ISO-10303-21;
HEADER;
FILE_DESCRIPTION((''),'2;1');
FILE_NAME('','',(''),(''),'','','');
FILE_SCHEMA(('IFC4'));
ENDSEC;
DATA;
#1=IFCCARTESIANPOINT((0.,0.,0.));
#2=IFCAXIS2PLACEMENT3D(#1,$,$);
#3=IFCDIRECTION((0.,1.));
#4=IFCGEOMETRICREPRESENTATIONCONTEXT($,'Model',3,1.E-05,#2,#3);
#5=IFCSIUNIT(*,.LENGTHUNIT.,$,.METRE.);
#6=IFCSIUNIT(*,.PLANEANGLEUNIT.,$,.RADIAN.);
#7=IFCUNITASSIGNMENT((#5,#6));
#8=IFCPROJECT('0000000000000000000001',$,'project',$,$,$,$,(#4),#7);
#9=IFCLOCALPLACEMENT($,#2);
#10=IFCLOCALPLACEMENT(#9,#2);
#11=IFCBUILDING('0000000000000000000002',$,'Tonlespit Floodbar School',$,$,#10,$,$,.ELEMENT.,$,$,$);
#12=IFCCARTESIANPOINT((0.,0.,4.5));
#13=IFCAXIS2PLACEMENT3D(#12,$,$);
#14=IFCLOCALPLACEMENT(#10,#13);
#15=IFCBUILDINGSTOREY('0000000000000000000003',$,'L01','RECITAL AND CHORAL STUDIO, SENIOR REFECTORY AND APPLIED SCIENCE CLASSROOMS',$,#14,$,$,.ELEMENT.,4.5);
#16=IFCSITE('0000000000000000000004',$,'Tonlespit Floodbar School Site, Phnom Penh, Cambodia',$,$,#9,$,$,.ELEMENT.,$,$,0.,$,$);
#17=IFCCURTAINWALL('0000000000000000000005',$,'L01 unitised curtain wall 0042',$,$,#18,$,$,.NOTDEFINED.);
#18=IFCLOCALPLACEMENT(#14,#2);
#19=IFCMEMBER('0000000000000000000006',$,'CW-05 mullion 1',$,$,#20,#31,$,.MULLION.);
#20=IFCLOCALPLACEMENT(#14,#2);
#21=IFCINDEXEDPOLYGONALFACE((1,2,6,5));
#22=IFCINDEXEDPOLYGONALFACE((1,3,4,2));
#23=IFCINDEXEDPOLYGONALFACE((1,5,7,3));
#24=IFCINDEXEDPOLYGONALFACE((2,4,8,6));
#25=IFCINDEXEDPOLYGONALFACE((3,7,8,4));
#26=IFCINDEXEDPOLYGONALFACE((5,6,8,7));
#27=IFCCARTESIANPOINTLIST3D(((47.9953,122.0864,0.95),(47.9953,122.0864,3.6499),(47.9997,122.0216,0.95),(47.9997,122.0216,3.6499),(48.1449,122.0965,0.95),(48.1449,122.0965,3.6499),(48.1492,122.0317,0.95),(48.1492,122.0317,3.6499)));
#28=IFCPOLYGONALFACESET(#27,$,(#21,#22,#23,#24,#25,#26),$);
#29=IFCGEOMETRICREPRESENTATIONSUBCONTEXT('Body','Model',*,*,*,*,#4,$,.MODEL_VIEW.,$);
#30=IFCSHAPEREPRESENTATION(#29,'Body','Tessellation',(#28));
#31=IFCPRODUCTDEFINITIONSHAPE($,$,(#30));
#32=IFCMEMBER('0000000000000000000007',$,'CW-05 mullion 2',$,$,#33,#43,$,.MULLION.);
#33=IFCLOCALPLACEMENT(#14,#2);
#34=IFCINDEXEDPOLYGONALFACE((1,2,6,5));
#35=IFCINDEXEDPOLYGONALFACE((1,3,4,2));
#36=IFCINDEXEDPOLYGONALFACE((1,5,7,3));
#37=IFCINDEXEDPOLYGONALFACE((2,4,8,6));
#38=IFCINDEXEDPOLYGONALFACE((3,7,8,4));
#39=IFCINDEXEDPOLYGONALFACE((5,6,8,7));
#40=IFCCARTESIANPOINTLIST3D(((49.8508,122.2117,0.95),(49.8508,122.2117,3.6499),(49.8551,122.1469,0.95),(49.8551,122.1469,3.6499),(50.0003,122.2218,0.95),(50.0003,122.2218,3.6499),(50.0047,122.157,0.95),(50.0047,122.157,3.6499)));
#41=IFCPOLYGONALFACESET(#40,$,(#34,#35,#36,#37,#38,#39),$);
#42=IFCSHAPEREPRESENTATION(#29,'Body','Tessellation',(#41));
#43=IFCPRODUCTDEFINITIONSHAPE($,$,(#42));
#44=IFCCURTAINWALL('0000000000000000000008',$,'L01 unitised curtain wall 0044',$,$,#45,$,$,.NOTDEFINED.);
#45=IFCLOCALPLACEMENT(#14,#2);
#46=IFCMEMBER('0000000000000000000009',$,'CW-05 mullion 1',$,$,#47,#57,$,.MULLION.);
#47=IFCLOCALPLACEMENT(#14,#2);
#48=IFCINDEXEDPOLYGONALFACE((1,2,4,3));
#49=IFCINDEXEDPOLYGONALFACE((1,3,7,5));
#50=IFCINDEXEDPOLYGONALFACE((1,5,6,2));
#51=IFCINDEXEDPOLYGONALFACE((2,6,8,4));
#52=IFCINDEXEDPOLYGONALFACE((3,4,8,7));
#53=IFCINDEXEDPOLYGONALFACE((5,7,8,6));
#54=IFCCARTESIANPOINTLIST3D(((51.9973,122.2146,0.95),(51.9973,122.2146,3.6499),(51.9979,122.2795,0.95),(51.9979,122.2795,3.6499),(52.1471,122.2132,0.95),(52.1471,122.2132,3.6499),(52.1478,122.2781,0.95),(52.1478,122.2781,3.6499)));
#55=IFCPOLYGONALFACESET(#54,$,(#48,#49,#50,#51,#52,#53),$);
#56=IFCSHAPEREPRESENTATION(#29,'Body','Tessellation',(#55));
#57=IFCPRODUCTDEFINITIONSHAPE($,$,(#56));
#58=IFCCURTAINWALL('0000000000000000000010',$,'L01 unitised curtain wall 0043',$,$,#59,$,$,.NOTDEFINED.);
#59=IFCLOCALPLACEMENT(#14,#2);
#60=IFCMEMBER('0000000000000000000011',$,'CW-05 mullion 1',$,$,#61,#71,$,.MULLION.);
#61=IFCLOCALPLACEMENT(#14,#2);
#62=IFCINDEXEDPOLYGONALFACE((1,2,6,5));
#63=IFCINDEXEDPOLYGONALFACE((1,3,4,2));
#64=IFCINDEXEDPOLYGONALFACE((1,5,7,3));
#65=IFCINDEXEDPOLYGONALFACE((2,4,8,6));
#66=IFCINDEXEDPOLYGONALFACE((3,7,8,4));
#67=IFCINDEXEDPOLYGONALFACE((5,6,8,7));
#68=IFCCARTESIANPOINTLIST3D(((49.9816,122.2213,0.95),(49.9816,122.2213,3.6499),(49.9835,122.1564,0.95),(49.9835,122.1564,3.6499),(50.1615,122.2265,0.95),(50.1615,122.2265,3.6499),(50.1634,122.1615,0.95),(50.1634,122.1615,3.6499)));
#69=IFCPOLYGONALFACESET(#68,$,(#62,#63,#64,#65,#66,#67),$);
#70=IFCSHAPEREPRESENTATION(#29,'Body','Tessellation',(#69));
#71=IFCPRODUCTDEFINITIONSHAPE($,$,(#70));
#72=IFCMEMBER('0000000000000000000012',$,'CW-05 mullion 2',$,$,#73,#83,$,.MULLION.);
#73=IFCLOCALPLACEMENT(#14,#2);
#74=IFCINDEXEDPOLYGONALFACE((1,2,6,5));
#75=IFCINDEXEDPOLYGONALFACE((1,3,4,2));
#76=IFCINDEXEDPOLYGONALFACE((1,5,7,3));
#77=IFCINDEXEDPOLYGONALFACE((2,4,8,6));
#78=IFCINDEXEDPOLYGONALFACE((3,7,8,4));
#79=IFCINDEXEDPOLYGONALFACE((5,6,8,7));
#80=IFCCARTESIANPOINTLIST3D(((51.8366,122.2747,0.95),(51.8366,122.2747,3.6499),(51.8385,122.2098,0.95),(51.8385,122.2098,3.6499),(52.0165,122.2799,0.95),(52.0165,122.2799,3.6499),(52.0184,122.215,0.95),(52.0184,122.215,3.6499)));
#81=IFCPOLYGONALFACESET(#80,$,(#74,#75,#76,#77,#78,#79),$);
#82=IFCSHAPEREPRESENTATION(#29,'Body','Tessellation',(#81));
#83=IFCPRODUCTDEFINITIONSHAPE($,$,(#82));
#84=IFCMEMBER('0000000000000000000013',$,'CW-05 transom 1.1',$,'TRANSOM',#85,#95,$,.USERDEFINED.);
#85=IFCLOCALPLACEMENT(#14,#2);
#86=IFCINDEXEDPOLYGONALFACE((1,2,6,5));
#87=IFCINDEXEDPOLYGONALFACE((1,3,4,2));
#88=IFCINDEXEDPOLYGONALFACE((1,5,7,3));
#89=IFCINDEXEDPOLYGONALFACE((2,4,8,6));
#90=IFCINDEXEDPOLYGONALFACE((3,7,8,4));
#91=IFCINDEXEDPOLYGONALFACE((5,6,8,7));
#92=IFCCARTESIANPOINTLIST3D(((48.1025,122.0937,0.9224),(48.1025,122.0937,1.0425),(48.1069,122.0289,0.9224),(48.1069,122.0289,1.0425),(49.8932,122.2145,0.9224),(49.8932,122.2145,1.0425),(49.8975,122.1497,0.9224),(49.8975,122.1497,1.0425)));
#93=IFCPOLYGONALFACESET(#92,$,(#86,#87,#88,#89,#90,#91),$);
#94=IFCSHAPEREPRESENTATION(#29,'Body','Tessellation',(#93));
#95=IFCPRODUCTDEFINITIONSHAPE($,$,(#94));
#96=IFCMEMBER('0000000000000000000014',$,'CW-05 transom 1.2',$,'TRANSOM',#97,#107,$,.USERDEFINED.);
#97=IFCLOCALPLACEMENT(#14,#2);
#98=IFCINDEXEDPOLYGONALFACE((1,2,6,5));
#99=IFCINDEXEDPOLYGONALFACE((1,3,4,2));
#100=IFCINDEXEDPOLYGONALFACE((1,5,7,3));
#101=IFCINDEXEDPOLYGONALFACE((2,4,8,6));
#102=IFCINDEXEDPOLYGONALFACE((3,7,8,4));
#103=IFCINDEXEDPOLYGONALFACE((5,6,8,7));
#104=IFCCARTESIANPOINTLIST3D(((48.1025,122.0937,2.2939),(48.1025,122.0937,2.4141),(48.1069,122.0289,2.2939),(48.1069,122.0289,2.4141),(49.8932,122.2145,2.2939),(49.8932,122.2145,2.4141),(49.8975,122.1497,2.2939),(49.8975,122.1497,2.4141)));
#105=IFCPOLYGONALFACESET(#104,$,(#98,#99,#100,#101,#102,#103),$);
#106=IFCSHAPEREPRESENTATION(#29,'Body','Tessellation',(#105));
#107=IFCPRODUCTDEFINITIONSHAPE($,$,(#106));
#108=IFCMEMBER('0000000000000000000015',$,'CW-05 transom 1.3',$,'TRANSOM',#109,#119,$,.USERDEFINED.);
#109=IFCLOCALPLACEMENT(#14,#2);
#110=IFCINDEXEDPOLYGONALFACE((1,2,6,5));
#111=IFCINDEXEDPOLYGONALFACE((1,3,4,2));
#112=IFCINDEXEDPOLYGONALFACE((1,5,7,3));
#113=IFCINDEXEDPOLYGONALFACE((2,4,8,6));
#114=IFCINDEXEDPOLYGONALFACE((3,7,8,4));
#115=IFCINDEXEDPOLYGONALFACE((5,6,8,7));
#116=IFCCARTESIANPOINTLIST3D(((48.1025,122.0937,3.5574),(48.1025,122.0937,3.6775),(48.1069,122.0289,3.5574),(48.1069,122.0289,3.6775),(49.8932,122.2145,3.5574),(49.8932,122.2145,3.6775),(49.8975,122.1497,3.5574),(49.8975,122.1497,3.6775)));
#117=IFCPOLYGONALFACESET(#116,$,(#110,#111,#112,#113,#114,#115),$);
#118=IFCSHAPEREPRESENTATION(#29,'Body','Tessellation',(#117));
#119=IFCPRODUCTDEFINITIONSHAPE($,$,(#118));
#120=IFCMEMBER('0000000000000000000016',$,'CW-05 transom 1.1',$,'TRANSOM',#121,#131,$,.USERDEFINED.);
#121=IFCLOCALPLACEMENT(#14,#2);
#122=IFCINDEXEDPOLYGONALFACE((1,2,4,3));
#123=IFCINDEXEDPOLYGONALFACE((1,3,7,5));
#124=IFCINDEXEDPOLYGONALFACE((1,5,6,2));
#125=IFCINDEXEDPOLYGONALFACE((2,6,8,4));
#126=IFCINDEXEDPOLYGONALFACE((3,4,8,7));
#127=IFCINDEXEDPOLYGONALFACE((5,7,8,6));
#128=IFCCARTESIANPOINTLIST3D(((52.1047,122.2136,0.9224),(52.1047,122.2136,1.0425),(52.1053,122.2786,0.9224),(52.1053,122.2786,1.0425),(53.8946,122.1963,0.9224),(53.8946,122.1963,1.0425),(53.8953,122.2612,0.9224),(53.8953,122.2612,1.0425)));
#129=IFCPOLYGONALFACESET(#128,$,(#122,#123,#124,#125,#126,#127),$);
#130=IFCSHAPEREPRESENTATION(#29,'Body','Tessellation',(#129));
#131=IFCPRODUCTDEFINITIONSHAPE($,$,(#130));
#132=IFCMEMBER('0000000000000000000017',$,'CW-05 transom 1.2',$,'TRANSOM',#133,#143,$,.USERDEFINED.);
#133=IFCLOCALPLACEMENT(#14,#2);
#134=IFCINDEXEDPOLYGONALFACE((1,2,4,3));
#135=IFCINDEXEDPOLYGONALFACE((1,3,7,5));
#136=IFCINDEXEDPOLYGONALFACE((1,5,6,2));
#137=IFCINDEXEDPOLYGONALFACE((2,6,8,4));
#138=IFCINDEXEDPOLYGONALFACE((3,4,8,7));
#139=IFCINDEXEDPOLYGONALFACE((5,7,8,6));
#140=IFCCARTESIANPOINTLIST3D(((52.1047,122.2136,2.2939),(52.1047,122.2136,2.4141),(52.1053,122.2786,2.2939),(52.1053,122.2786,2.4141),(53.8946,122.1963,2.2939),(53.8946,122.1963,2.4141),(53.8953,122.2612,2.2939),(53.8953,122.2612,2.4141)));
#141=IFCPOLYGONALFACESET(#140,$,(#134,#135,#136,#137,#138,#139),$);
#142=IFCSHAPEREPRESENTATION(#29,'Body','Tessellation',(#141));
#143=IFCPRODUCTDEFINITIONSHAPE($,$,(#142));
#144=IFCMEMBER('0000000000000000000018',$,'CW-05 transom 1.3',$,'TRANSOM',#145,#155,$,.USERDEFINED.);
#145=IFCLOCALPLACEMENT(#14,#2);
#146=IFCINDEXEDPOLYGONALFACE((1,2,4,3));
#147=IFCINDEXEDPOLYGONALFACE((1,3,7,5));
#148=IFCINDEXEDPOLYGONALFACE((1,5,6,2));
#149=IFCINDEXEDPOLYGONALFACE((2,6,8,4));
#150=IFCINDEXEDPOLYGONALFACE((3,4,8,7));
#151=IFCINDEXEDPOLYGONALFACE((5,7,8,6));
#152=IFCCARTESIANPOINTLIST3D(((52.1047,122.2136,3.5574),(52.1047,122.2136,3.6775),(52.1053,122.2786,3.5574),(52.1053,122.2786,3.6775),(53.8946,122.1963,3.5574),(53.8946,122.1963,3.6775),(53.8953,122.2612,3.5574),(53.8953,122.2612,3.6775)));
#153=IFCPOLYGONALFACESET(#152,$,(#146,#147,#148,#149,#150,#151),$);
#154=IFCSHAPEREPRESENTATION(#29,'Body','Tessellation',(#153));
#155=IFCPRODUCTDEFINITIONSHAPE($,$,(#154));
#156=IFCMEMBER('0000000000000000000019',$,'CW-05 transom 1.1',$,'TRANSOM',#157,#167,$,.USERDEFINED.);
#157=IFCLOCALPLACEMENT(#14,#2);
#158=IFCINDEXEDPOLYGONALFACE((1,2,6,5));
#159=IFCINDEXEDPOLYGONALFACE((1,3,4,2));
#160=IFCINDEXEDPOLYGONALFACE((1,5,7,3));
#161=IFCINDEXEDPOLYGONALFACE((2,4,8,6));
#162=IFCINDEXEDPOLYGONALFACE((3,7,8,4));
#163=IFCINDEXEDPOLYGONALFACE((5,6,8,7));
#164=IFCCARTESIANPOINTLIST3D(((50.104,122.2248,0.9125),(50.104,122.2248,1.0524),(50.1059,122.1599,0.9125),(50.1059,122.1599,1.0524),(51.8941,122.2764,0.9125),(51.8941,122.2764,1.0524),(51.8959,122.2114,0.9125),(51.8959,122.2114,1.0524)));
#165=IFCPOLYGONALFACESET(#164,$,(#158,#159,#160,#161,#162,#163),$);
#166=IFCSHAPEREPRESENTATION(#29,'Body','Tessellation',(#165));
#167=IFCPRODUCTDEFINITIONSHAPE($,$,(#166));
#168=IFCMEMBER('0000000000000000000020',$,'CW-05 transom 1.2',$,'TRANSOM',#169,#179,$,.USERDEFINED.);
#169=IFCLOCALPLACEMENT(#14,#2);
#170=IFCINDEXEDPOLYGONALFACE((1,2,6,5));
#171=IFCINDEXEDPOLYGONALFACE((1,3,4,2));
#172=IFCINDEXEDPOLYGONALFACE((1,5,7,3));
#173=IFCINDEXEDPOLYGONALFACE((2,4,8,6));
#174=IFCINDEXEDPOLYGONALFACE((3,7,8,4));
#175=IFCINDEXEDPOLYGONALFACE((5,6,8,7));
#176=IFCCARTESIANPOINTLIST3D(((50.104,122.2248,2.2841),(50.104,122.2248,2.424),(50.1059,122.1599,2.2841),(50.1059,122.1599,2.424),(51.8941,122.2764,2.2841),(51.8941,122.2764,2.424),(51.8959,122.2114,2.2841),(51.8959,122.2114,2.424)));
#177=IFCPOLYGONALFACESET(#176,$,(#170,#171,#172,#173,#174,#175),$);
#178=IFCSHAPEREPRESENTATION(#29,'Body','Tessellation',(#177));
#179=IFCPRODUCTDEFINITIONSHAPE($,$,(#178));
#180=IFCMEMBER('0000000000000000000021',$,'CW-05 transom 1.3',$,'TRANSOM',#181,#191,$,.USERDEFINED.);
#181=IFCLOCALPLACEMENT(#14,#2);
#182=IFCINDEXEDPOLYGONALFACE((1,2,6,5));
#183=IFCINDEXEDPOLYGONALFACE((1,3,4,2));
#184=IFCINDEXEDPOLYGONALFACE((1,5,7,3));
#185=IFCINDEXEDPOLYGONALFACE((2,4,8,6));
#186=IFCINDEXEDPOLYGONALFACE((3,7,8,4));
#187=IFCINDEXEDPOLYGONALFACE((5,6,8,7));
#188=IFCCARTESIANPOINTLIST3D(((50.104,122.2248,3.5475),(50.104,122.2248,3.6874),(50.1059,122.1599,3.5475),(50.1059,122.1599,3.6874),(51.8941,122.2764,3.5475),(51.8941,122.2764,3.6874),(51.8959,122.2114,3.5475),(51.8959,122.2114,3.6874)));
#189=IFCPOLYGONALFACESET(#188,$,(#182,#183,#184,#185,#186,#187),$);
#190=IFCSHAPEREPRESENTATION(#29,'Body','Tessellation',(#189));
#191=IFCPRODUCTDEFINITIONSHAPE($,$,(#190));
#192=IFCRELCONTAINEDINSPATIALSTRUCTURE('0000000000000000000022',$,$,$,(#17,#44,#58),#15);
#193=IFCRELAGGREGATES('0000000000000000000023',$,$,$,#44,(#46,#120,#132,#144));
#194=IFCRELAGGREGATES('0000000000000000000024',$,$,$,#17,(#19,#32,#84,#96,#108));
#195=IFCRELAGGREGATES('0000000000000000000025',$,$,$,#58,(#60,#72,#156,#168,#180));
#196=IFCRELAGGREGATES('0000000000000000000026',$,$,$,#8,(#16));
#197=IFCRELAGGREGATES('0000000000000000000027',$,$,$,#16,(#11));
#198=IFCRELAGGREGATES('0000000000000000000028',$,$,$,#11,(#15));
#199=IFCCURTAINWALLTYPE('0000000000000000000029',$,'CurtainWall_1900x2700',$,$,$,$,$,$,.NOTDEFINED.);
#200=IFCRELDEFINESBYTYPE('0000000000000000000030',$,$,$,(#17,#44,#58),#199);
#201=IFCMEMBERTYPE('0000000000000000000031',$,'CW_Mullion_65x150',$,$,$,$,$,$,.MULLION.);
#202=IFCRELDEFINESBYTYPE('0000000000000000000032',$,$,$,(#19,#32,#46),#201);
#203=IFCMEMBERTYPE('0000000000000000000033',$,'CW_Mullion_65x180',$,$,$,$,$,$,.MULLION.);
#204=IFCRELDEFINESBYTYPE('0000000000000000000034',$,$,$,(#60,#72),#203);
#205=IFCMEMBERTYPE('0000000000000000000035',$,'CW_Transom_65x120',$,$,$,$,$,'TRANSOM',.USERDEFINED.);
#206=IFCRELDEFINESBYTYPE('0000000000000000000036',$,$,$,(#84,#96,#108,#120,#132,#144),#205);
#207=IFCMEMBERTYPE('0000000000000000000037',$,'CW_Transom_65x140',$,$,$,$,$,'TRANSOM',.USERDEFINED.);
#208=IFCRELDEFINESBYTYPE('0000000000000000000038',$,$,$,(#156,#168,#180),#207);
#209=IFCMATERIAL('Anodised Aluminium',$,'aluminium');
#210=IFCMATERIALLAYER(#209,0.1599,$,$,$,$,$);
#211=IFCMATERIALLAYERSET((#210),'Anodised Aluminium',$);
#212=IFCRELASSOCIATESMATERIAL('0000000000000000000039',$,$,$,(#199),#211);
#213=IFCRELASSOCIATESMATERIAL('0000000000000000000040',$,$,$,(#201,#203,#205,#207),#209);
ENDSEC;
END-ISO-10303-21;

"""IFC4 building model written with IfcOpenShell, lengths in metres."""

from ifc_helpers import new_model, si_unit, direction, frame, origin, origin_2d, place, context, subcontext, project, spatial, rectangle, extrude, material, layer, layer_set, material_profile, profile_set, type_object, element, aggregate, save


model = new_model("IFC4")

# Units and contexts
model_context = context("Model", 3, precision=1e-05, world=origin(), true_north=direction((0.0, 1.0)))
body_context = subcontext(model_context, "Body", "Model", "MODEL_VIEW")
ifc_project = project(units=[si_unit("LENGTHUNIT", "METRE"), si_unit("PLANEANGLEUNIT", "RADIAN")], contexts=[model_context])

# Site, building, storey
site_placement = place(None, origin())
site = spatial("IfcSite", under=ifc_project, at=site_placement, Name="Tonlespit Floodbar School Site, Phnom Penh, Cambodia", CompositionType="ELEMENT", RefElevation=0.0)
building_placement = place(site_placement, origin())
building = spatial("IfcBuilding", under=site, at=building_placement, Name="Tonlespit Floodbar School", CompositionType="ELEMENT")
storey_placement = place(building_placement, frame((0.0, 0.0, 4.5)))
storey = spatial("IfcBuildingStorey", under=building, at=storey_placement, Name="L01", Description="RECITAL AND CHORAL STUDIO, SENIOR REFECTORY AND APPLIED SCIENCE CLASSROOMS", CompositionType="ELEMENT", Elevation=4.5)

# Curtain wall, members
ifc_material_1 = material(Name="Anodised Aluminium", Category="aluminium")
ifc_layer_1 = layer(ifc_material_1, 0.1599)
ifc_layer_set_1 = layer_set([ifc_layer_1], Name="Anodised Aluminium")
curtain_wall_type = type_object("IfcCurtainWallType", Name="CurtainWall_1900x2700", PredefinedType="NOTDEFINED", material=ifc_layer_set_1)
curtain_wall_1_placement = place(storey_placement, origin())
curtain_wall_1 = element("IfcCurtainWall", 1, at=curtain_wall_1_placement, inside=storey, type_object=curtain_wall_type, Name="L01 unitised curtain wall 0042", PredefinedType="NOTDEFINED")
ifc_material_profile_1 = material_profile(ifc_material_1, rectangle(XDim=0.0649, YDim=0.1499, at=origin_2d()), Name="ALU M65x150")
ifc_profile_set_1 = profile_set([ifc_material_profile_1], Name="Anodised Aluminium")
member_type_1 = type_object("IfcMemberType", Name="CW_Mullion_65x150", PredefinedType="MULLION", material=ifc_profile_set_1)
member_1_placement = place(storey_placement, frame((48.0723, 122.0591, 0.95), z_axis=(0.0, 0.0, 1.0), x_axis=(-0.06734, 0.99773, 0.0)))
member_1 = element("IfcMember", 2, at=member_1_placement, type_object=member_type_1, Name="CW-05 mullion 1", PredefinedType="MULLION", context=body_context, shape_type="SweptSolid", body=[
    extrude(rectangle(XDim=0.0649, YDim=0.1499, at=origin_2d()), origin(), (0.0, 0.0, 1.0), 2.7),
])
member_2_placement = place(storey_placement, frame((49.9277, 122.1843, 0.95), z_axis=(0.0, 0.0, 1.0), x_axis=(-0.06734, 0.99773, 0.0)))
member_2 = element("IfcMember", 3, at=member_2_placement, type_object=member_type_1, Name="CW-05 mullion 2", PredefinedType="MULLION", context=body_context, shape_type="SweptSolid", body=[
    extrude(rectangle(XDim=0.0649, YDim=0.1499, at=origin_2d()), origin(), (0.0, 0.0, 1.0), 2.7),
])

# Curtain wall, member
curtain_wall_2_placement = place(storey_placement, origin())
curtain_wall_2 = element("IfcCurtainWall", 4, at=curtain_wall_2_placement, inside=storey, type_object=curtain_wall_type, Name="L01 unitised curtain wall 0044", PredefinedType="NOTDEFINED")
member_3_placement = place(storey_placement, frame((52.0725, 122.2463, 0.95), z_axis=(0.0, 0.0, 1.0), x_axis=(0.009583, 0.999954, 0.0)))
member_3 = element("IfcMember", 5, at=member_3_placement, type_object=member_type_1, Name="CW-05 mullion 1", PredefinedType="MULLION", context=body_context, shape_type="SweptSolid", body=[
    extrude(rectangle(XDim=0.0649, YDim=0.1499, at=origin_2d()), origin(), (0.0, 0.0, 1.0), 2.7),
])

# Curtain wall, members
curtain_wall_3_placement = place(storey_placement, origin())
curtain_wall_3 = element("IfcCurtainWall", 6, at=curtain_wall_3_placement, inside=storey, type_object=curtain_wall_type, Name="L01 unitised curtain wall 0043", PredefinedType="NOTDEFINED")
ifc_material_profile_2 = material_profile(ifc_material_1, rectangle(XDim=0.0649, YDim=0.1799, at=origin_2d()), Name="ALU M65x180")
ifc_profile_set_2 = profile_set([ifc_material_profile_2], Name="Anodised Aluminium")
member_type_2 = type_object("IfcMemberType", Name="CW_Mullion_65x180", PredefinedType="MULLION", material=ifc_profile_set_2)
member_4_placement = place(storey_placement, frame((50.0725, 122.1914, 0.95), z_axis=(0.0, 0.0, 1.0), x_axis=(-0.02879, 0.999585, 0.0)))
member_4 = element("IfcMember", 7, at=member_4_placement, type_object=member_type_2, Name="CW-05 mullion 1", PredefinedType="MULLION", context=body_context, shape_type="SweptSolid", body=[
    extrude(rectangle(XDim=0.0649, YDim=0.1799, at=origin_2d()), origin(), (0.0, 0.0, 1.0), 2.7),
])
member_5_placement = place(storey_placement, frame((51.9275, 122.2449, 0.95), z_axis=(0.0, 0.0, 1.0), x_axis=(-0.02879, 0.999585, 0.0)))
member_5 = element("IfcMember", 8, at=member_5_placement, type_object=member_type_2, Name="CW-05 mullion 2", PredefinedType="MULLION", context=body_context, shape_type="SweptSolid", body=[
    extrude(rectangle(XDim=0.0649, YDim=0.1799, at=origin_2d()), origin(), (0.0, 0.0, 1.0), 2.7),
])

# Members
ifc_material_profile_3 = material_profile(ifc_material_1, rectangle(XDim=0.0649, YDim=0.1201, at=origin_2d()), Name="ALU T65x120")
ifc_profile_set_3 = profile_set([ifc_material_profile_3], Name="Anodised Aluminium")
member_type_3 = type_object("IfcMemberType", Name="CW_Transom_65x120", ElementType="TRANSOM", PredefinedType="USERDEFINED", material=ifc_profile_set_3)
member_6_placement = place(storey_placement, frame((48.1047, 122.0613, 0.9824), z_axis=(0.99773, 0.067341, 0.0), x_axis=(-0.067341, 0.99773, 0.0)))
member_6 = element("IfcMember", 9, at=member_6_placement, type_object=member_type_3, Name="CW-05 transom 1.1", ObjectType="TRANSOM", PredefinedType="USERDEFINED", context=body_context, shape_type="SweptSolid", body=[
    extrude(rectangle(XDim=0.0649, YDim=0.1201, at=origin_2d()), origin(), (0.0, 0.0, 1.0), 1.7947),
])
member_7_placement = place(storey_placement, frame((48.1047, 122.0613, 2.354), z_axis=(0.99773, 0.067341, 0.0), x_axis=(-0.067341, 0.99773, 0.0)))
member_7 = element("IfcMember", 10, at=member_7_placement, type_object=member_type_3, Name="CW-05 transom 1.2", ObjectType="TRANSOM", PredefinedType="USERDEFINED", context=body_context, shape_type="SweptSolid", body=[
    extrude(rectangle(XDim=0.0649, YDim=0.1201, at=origin_2d()), origin(), (0.0, 0.0, 1.0), 1.7947),
])
member_8_placement = place(storey_placement, frame((48.1047, 122.0613, 3.6174), z_axis=(0.99773, 0.067341, 0.0), x_axis=(-0.067341, 0.99773, 0.0)))
member_8 = element("IfcMember", 11, at=member_8_placement, type_object=member_type_3, Name="CW-05 transom 1.3", ObjectType="TRANSOM", PredefinedType="USERDEFINED", context=body_context, shape_type="SweptSolid", body=[
    extrude(rectangle(XDim=0.0649, YDim=0.1201, at=origin_2d()), origin(), (0.0, 0.0, 1.0), 1.7947),
])
member_9_placement = place(storey_placement, frame((52.105, 122.2461, 0.9824), z_axis=(0.999953, -0.009683, 0.0), x_axis=(0.009683, 0.999953, 0.0)))
member_9 = element("IfcMember", 12, at=member_9_placement, type_object=member_type_3, Name="CW-05 transom 1.1", ObjectType="TRANSOM", PredefinedType="USERDEFINED", context=body_context, shape_type="SweptSolid", body=[
    extrude(rectangle(XDim=0.0649, YDim=0.1201, at=origin_2d()), origin(), (0.0, 0.0, 1.0), 1.79),
])
member_10_placement = place(storey_placement, frame((52.105, 122.2461, 2.354), z_axis=(0.999953, -0.009683, 0.0), x_axis=(0.009683, 0.999953, 0.0)))
member_10 = element("IfcMember", 13, at=member_10_placement, type_object=member_type_3, Name="CW-05 transom 1.2", ObjectType="TRANSOM", PredefinedType="USERDEFINED", context=body_context, shape_type="SweptSolid", body=[
    extrude(rectangle(XDim=0.0649, YDim=0.1201, at=origin_2d()), origin(), (0.0, 0.0, 1.0), 1.79),
])
member_11_placement = place(storey_placement, frame((52.105, 122.2461, 3.6174), z_axis=(0.999953, -0.009683, 0.0), x_axis=(0.009683, 0.999953, 0.0)))
member_11 = element("IfcMember", 14, at=member_11_placement, type_object=member_type_3, Name="CW-05 transom 1.3", ObjectType="TRANSOM", PredefinedType="USERDEFINED", context=body_context, shape_type="SweptSolid", body=[
    extrude(rectangle(XDim=0.0649, YDim=0.1201, at=origin_2d()), origin(), (0.0, 0.0, 1.0), 1.79),
])
aggregate(curtain_wall_2, [member_3, member_9, member_10, member_11])
ifc_material_profile_4 = material_profile(ifc_material_1, rectangle(XDim=0.0649, YDim=0.1399, at=origin_2d()), Name="ALU T65x140")
ifc_profile_set_4 = profile_set([ifc_material_profile_4], Name="Anodised Aluminium")
member_type_4 = type_object("IfcMemberType", Name="CW_Transom_65x140", ElementType="TRANSOM", PredefinedType="USERDEFINED", material=ifc_profile_set_4)
member_12_placement = place(storey_placement, frame((50.105, 122.1924, 0.9824), z_axis=(0.999586, 0.028766, 0.0), x_axis=(-0.028766, 0.999586, 0.0)))
member_12 = element("IfcMember", 15, at=member_12_placement, type_object=member_type_4, Name="CW-05 transom 1.1", ObjectType="TRANSOM", PredefinedType="USERDEFINED", context=body_context, shape_type="SweptSolid", body=[
    extrude(rectangle(XDim=0.0649, YDim=0.1399, at=origin_2d()), origin(), (0.0, 0.0, 1.0), 1.7908),
])
member_13_placement = place(storey_placement, frame((50.105, 122.1924, 2.354), z_axis=(0.999586, 0.028766, 0.0), x_axis=(-0.028766, 0.999586, 0.0)))
member_13 = element("IfcMember", 16, at=member_13_placement, type_object=member_type_4, Name="CW-05 transom 1.2", ObjectType="TRANSOM", PredefinedType="USERDEFINED", context=body_context, shape_type="SweptSolid", body=[
    extrude(rectangle(XDim=0.0649, YDim=0.1399, at=origin_2d()), origin(), (0.0, 0.0, 1.0), 1.7908),
])
member_14_placement = place(storey_placement, frame((50.105, 122.1924, 3.6174), z_axis=(0.999586, 0.028766, 0.0), x_axis=(-0.028766, 0.999586, 0.0)))
member_14 = element("IfcMember", 17, at=member_14_placement, type_object=member_type_4, Name="CW-05 transom 1.3", ObjectType="TRANSOM", PredefinedType="USERDEFINED", context=body_context, shape_type="SweptSolid", body=[
    extrude(rectangle(XDim=0.0649, YDim=0.1399, at=origin_2d()), origin(), (0.0, 0.0, 1.0), 1.7908),
])

aggregate(curtain_wall_1, [member_1, member_2, member_6, member_7, member_8])
aggregate(curtain_wall_3, [member_4, member_5, member_12, member_13, member_14])

save(model, "model.ifc")
